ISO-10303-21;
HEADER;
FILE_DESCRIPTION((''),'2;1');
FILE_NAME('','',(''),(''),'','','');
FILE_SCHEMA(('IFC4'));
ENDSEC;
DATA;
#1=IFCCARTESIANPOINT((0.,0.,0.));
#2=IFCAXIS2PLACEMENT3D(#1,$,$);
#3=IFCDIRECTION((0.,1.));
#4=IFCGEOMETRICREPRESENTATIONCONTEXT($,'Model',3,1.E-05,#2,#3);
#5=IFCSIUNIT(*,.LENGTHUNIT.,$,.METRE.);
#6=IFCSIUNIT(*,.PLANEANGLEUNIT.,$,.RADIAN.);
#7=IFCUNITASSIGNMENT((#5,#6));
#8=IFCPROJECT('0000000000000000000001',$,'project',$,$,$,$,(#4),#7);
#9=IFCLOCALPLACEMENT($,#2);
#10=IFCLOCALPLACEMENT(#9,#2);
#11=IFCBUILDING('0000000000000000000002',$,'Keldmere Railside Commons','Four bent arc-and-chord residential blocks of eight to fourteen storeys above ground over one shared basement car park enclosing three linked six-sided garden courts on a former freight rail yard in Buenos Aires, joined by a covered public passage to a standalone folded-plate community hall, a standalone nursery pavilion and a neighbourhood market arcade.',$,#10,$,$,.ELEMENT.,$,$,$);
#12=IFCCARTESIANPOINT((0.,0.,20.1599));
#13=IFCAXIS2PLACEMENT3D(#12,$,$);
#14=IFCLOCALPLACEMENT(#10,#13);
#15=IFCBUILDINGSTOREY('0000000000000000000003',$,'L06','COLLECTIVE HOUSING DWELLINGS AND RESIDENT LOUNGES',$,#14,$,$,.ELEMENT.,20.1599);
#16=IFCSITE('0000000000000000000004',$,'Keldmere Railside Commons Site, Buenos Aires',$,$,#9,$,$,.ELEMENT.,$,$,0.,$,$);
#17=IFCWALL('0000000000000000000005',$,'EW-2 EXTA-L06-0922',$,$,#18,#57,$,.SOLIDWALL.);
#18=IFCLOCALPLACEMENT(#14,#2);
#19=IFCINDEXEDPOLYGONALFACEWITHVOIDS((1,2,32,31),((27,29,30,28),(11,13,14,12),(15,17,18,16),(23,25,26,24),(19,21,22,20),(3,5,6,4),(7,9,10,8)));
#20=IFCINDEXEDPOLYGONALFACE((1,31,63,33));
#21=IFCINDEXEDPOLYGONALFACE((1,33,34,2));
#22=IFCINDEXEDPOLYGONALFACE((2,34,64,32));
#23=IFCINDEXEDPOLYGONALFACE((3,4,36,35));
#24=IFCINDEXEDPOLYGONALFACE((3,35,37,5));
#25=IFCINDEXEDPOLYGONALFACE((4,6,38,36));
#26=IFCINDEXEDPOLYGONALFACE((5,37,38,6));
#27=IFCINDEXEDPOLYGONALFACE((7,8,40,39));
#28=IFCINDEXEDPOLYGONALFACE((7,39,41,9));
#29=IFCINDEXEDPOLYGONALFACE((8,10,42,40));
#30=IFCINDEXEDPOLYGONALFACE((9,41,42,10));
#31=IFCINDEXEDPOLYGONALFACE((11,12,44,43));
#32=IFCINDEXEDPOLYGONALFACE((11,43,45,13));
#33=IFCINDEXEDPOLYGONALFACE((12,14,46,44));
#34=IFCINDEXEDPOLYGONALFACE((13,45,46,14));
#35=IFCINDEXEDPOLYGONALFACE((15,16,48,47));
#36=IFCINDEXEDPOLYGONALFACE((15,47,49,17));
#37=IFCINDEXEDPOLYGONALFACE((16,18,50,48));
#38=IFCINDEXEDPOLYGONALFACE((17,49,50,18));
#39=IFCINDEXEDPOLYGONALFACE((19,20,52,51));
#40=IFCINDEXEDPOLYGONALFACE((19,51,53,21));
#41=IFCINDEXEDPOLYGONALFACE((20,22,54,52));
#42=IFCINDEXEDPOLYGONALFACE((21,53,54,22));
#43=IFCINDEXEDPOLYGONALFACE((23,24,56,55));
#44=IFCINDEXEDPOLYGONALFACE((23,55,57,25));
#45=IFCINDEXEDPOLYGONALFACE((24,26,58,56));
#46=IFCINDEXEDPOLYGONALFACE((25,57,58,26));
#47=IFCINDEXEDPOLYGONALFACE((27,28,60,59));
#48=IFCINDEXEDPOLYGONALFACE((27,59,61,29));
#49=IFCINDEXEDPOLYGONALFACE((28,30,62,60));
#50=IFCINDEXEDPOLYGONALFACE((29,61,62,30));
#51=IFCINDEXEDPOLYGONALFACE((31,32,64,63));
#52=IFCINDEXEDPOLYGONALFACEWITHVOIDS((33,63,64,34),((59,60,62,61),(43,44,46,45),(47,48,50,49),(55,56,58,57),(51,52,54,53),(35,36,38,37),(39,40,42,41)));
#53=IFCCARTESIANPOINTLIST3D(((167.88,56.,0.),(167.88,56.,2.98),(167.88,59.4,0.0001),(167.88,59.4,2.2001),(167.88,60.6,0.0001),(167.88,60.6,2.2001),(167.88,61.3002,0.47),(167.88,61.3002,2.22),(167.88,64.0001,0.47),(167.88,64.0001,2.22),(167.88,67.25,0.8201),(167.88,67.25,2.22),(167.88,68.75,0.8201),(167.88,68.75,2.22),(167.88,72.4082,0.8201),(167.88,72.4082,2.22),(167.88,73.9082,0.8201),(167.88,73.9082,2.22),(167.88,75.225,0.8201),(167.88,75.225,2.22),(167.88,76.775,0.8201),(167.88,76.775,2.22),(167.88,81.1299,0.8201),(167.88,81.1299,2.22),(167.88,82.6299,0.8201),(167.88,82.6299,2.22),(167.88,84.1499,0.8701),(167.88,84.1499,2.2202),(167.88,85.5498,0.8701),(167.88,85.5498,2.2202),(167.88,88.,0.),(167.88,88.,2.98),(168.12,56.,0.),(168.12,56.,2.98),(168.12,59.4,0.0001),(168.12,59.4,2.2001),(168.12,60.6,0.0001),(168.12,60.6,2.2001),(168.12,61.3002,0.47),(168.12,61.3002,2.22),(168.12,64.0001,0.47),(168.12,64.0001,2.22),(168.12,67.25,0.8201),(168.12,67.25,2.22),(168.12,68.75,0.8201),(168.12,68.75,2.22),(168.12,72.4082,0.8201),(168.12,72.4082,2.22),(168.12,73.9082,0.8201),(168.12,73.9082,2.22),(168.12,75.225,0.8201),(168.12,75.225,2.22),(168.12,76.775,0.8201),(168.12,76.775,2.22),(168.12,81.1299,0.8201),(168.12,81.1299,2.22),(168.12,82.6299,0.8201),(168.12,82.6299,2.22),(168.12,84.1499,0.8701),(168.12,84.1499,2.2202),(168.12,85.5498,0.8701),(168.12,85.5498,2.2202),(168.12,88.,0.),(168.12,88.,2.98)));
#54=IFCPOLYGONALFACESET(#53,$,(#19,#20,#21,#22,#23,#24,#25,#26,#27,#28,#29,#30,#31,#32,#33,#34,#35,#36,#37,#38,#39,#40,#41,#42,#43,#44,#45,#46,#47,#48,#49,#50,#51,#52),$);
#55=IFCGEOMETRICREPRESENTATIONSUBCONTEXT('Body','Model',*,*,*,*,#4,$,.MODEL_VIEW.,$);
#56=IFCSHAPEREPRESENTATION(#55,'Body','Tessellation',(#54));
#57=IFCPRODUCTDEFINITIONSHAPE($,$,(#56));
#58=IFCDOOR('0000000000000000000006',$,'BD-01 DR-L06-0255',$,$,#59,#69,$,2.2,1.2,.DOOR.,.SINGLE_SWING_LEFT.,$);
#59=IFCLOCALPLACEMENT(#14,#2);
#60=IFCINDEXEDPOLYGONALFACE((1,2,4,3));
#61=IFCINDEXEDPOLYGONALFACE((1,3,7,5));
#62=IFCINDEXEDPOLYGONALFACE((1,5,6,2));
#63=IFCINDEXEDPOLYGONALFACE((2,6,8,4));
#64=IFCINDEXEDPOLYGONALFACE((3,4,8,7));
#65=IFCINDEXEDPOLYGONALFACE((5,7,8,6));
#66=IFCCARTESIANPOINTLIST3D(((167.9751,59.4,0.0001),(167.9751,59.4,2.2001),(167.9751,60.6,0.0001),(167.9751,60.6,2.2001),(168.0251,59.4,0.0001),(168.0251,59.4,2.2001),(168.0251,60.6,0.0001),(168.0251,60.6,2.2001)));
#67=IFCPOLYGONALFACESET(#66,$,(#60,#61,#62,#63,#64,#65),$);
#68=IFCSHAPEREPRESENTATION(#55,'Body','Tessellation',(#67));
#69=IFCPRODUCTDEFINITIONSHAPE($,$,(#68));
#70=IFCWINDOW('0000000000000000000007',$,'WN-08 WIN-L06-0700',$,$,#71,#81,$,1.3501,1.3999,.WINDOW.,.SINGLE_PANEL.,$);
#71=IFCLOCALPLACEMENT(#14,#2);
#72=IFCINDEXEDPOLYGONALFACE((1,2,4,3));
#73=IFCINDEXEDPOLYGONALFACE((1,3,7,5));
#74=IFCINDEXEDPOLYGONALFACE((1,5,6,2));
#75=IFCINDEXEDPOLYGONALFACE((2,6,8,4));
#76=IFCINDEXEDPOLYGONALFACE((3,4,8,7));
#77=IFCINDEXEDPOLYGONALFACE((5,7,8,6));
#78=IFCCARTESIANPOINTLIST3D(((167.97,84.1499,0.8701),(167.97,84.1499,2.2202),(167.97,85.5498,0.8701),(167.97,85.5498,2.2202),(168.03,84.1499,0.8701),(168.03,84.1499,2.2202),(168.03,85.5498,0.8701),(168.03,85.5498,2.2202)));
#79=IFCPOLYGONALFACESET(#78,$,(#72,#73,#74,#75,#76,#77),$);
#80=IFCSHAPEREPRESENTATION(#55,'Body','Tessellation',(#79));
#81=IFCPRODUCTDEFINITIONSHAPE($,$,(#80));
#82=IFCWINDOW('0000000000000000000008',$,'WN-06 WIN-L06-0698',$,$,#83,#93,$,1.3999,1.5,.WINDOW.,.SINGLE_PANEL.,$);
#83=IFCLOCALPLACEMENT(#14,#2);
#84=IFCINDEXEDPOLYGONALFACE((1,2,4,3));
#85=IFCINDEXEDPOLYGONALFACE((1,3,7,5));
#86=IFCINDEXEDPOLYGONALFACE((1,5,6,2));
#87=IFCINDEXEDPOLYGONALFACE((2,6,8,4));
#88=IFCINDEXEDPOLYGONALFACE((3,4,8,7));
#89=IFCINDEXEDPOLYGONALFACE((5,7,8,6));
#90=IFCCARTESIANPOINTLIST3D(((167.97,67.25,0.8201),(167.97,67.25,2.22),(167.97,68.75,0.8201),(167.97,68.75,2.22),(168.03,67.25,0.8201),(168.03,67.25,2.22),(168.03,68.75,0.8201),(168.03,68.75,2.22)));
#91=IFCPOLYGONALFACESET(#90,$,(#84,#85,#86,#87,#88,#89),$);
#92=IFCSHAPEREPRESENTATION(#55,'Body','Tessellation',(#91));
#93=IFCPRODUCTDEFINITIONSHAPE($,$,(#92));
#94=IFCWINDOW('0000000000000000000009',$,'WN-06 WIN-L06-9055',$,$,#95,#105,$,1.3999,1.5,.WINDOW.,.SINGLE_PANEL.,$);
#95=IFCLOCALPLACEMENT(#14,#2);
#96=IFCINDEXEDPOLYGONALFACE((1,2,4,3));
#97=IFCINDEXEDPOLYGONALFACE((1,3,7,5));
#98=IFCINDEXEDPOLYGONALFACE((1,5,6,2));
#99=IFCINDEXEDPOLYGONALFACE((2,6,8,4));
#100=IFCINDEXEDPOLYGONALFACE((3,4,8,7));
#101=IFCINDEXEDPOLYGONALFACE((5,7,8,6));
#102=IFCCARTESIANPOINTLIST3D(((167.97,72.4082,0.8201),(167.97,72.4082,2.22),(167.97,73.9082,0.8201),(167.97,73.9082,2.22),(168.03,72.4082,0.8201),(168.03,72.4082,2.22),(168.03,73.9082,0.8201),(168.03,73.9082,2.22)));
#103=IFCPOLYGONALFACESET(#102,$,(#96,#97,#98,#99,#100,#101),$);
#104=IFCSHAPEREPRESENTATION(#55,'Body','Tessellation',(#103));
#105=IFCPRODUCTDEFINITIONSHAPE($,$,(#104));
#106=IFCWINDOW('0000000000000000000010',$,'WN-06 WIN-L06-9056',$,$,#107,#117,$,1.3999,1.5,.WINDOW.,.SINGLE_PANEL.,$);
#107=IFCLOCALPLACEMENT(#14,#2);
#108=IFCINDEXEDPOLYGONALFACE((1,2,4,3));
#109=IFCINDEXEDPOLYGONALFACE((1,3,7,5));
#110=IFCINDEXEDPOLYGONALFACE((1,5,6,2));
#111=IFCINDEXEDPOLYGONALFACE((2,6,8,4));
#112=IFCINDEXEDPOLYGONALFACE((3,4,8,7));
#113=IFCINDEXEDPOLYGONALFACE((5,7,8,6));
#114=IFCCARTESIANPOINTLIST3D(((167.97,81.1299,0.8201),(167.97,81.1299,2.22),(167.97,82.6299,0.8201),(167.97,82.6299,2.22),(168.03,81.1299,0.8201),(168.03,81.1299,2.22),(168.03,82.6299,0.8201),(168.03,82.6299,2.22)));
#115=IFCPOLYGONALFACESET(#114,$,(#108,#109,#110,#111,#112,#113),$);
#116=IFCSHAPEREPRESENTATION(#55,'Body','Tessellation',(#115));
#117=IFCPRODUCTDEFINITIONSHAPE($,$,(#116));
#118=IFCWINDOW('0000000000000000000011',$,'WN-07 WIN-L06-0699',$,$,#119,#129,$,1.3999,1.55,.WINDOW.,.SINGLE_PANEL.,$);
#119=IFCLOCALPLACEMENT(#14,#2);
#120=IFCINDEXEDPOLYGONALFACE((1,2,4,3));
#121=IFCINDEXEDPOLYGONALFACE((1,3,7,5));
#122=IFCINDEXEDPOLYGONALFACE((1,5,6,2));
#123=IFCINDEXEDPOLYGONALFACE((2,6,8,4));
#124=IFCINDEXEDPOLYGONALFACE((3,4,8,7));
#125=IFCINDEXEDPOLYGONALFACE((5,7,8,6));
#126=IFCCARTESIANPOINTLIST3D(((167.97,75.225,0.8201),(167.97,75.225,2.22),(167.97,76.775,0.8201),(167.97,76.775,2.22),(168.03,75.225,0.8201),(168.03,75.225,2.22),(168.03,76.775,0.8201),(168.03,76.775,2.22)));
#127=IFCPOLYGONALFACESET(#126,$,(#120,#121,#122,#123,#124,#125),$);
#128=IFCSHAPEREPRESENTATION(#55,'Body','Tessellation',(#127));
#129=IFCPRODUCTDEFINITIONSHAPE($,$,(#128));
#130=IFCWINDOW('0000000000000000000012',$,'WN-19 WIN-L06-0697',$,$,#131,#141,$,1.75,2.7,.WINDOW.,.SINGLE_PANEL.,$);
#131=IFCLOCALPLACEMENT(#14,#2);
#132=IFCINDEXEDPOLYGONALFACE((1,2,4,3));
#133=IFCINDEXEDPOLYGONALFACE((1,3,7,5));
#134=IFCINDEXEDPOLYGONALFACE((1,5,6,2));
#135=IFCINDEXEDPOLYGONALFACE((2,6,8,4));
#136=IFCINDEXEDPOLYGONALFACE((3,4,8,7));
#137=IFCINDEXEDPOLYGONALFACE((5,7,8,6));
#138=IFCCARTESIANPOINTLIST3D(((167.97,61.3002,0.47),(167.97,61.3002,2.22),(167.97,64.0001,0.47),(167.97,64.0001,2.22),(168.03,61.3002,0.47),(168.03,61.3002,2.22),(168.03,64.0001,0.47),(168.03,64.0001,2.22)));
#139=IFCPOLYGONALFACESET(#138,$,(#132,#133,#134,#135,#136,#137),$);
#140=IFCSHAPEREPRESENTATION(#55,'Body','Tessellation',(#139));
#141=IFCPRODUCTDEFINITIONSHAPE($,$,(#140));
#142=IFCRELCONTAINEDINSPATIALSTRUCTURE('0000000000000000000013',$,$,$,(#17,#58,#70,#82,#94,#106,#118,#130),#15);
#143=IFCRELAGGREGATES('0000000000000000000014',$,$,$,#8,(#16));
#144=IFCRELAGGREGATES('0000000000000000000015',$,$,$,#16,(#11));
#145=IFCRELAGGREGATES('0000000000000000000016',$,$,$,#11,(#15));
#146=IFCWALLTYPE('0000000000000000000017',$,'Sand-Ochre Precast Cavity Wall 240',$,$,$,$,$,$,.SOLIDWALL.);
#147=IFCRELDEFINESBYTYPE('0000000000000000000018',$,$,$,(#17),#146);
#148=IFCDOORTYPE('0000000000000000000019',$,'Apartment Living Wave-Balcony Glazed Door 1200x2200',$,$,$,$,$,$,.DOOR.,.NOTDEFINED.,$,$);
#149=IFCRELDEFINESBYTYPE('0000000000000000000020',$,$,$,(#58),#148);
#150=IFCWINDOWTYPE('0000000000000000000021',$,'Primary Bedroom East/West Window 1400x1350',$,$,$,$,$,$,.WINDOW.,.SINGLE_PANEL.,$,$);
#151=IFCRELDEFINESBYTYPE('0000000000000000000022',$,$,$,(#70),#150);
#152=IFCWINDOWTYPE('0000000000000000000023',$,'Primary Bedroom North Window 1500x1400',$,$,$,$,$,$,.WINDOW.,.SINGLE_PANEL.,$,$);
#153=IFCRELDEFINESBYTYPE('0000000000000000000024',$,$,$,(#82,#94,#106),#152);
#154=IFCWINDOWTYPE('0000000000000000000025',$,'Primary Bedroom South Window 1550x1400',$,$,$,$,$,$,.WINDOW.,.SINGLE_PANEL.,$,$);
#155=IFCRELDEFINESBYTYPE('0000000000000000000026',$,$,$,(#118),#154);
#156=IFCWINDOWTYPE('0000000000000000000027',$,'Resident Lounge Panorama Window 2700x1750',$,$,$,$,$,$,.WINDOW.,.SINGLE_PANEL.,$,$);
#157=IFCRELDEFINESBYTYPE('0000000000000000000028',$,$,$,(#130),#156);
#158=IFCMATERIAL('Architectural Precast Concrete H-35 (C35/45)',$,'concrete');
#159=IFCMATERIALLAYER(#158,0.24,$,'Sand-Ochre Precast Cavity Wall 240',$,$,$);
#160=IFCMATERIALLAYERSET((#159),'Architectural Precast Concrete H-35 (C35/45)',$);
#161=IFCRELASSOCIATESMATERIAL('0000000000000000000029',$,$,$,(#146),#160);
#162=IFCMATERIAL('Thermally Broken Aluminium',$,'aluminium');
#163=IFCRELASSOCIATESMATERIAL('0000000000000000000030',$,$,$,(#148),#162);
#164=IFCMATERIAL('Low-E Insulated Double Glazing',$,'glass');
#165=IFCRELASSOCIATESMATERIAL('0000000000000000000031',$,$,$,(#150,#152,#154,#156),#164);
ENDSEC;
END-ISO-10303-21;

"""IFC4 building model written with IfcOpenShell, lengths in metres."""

from ifc_helpers import new_model, si_unit, direction, frame, frame_2d, origin, place, context, subcontext, project, spatial, rectangle, extrude, material, layer, layer_set, type_object, element, fill, save


model = new_model("IFC4")

# Units and contexts
model_context = context("Model", 3, precision=1e-05, world=origin(), true_north=direction((0.0, 1.0)))
body_context = subcontext(model_context, "Body", "Model", "MODEL_VIEW")
ifc_project = project(units=[si_unit("LENGTHUNIT", "METRE"), si_unit("PLANEANGLEUNIT", "RADIAN")], contexts=[model_context])

# Site, building, storey
site_placement = place(None, origin())
site = spatial("IfcSite", under=ifc_project, at=site_placement, Name="Keldmere Railside Commons Site, Buenos Aires", CompositionType="ELEMENT", RefElevation=0.0)
building_placement = place(site_placement, origin())
building = spatial("IfcBuilding", under=site, at=building_placement, Name="Keldmere Railside Commons", Description="Four bent arc-and-chord residential blocks of eight to fourteen storeys above ground over one shared basement car park enclosing three linked six-sided garden courts on a former freight rail yard in Buenos Aires, joined by a covered public passage to a standalone folded-plate community hall, a standalone nursery pavilion and a neighbourhood market arcade.", CompositionType="ELEMENT")
storey_placement = place(building_placement, frame((0.0, 0.0, 20.1599)))
storey = spatial("IfcBuildingStorey", under=building, at=storey_placement, Name="L06", Description="COLLECTIVE HOUSING DWELLINGS AND RESIDENT LOUNGES", CompositionType="ELEMENT", Elevation=20.1599)

# Wall, openings, door, windows
ifc_material_1 = material(Name="Architectural Precast Concrete H-35 (C35/45)", Category="concrete")
ifc_layer = layer(ifc_material_1, 0.24, Name="Sand-Ochre Precast Cavity Wall 240")
ifc_layer_set = layer_set([ifc_layer], Name="Architectural Precast Concrete H-35 (C35/45)")
wall_type = type_object("IfcWallType", Name="Sand-Ochre Precast Cavity Wall 240", PredefinedType="SOLIDWALL", material=ifc_layer_set)
wall_placement = place(storey_placement, frame((168.0, 56.0, 0.0), z_axis=(0.0, 0.0, 1.0), x_axis=(0.0, 1.0, 0.0)))
wall = element("IfcWall", 1, at=wall_placement, inside=storey, type_object=wall_type, Name="EW-2 EXTA-L06-0922", PredefinedType="SOLIDWALL", context=body_context, shape_type="SweptSolid", body=[
    extrude(rectangle(XDim=32.0, YDim=0.24, at=frame_2d((16.0, 0.0))), origin(), (0.0, 0.0, 1.0), 2.98),
])
opening_1_placement = place(wall_placement, frame((3.3999, 0.0, 0.0)))
opening_1 = element("IfcOpeningElement", 2, at=opening_1_placement, cuts=wall, PredefinedType="OPENING", context=body_context, shape_type="SweptSolid", body=[
    extrude(rectangle(XDim=1.2, YDim=2.2, at=frame_2d((0.6001, 1.1001))), frame((0.0, 0.1299, 0.0), z_axis=(0.0, -1.0, 0.0), x_axis=(1.0, 0.0, 0.0)), (0.0, 0.0, 1.0), 0.26),
])
opening_2_placement = place(wall_placement, frame((5.3, 0.0, 0.47)))
opening_2 = element("IfcOpeningElement", 3, at=opening_2_placement, cuts=wall, PredefinedType="OPENING", context=body_context, shape_type="SweptSolid", body=[
    extrude(rectangle(XDim=2.7, YDim=1.75, at=frame_2d((1.3501, 0.875))), frame((0.0, 0.1299, 0.0), z_axis=(0.0, -1.0, 0.0), x_axis=(1.0, 0.0, 0.0)), (0.0, 0.0, 1.0), 0.26),
])
opening_3_placement = place(wall_placement, frame((11.25, 0.0, 0.8201)))
opening_3 = element("IfcOpeningElement", 4, at=opening_3_placement, cuts=wall, PredefinedType="OPENING", context=body_context, shape_type="SweptSolid", body=[
    extrude(rectangle(XDim=1.5, YDim=1.3999, at=frame_2d((0.75, 0.7))), frame((0.0, 0.1299, 0.0), z_axis=(0.0, -1.0, 0.0), x_axis=(1.0, 0.0, 0.0)), (0.0, 0.0, 1.0), 0.26),
])
opening_4_placement = place(wall_placement, frame((19.2251, 0.0, 0.8201)))
opening_4 = element("IfcOpeningElement", 5, at=opening_4_placement, cuts=wall, PredefinedType="OPENING", context=body_context, shape_type="SweptSolid", body=[
    extrude(rectangle(XDim=1.55, YDim=1.3999, at=frame_2d((0.7749, 0.7))), frame((0.0, 0.1299, 0.0), z_axis=(0.0, -1.0, 0.0), x_axis=(1.0, 0.0, 0.0)), (0.0, 0.0, 1.0), 0.26),
])
opening_5_placement = place(wall_placement, frame((28.1499, 0.0, 0.8701)))
opening_5 = element("IfcOpeningElement", 6, at=opening_5_placement, cuts=wall, PredefinedType="OPENING", context=body_context, shape_type="SweptSolid", body=[
    extrude(rectangle(XDim=1.3999, YDim=1.3501, at=frame_2d((0.7, 0.675))), frame((0.0, 0.1299, 0.0), z_axis=(0.0, -1.0, 0.0), x_axis=(1.0, 0.0, 0.0)), (0.0, 0.0, 1.0), 0.26),
])
opening_6_placement = place(wall_placement, frame((16.4082, 0.0, 0.8201)))
opening_6 = element("IfcOpeningElement", 7, at=opening_6_placement, cuts=wall, PredefinedType="OPENING", context=body_context, shape_type="SweptSolid", body=[
    extrude(rectangle(XDim=1.5, YDim=1.3999, at=frame_2d((0.75, 0.7))), frame((0.0, 0.1299, 0.0), z_axis=(0.0, -1.0, 0.0), x_axis=(1.0, 0.0, 0.0)), (0.0, 0.0, 1.0), 0.26),
])
opening_7_placement = place(wall_placement, frame((25.1299, 0.0, 0.8201)))
opening_7 = element("IfcOpeningElement", 8, at=opening_7_placement, cuts=wall, PredefinedType="OPENING", context=body_context, shape_type="SweptSolid", body=[
    extrude(rectangle(XDim=1.5, YDim=1.3999, at=frame_2d((0.75, 0.7))), frame((0.0, 0.1299, 0.0), z_axis=(0.0, -1.0, 0.0), x_axis=(1.0, 0.0, 0.0)), (0.0, 0.0, 1.0), 0.26),
])
ifc_material_2 = material(Name="Thermally Broken Aluminium", Category="aluminium")
door_type = type_object("IfcDoorType", Name="Apartment Living Wave-Balcony Glazed Door 1200x2200", OperationType="NOTDEFINED", PredefinedType="DOOR", material=ifc_material_2)
door_placement = place(opening_1_placement, origin())
door = element("IfcDoor", 9, at=door_placement, inside=storey, type_object=door_type, Name="BD-01 DR-L06-0255", OperationType="SINGLE_SWING_LEFT", OverallHeight=2.2, OverallWidth=1.2, PredefinedType="DOOR", context=body_context, shape_type="SweptSolid", body=[
    extrude(rectangle(XDim=1.2, YDim=2.2, at=frame_2d((0.6001, 1.1001))), frame((0.0, 0.0249, 0.0), z_axis=(0.0, -1.0, 0.0), x_axis=(1.0, 0.0, 0.0)), (0.0, 0.0, 1.0), 0.05),
])
fill(opening_1, door)
ifc_material_3 = material(Name="Low-E Insulated Double Glazing", Category="glass")
window_type_1 = type_object("IfcWindowType", Name="Primary Bedroom East/West Window 1400x1350", PartitioningType="SINGLE_PANEL", PredefinedType="WINDOW", material=ifc_material_3)
window_1_placement = place(opening_5_placement, origin())
window_1 = element("IfcWindow", 10, at=window_1_placement, inside=storey, type_object=window_type_1, Name="WN-08 WIN-L06-0700", OverallHeight=1.3501, OverallWidth=1.3999, PartitioningType="SINGLE_PANEL", PredefinedType="WINDOW", context=body_context, shape_type="SweptSolid", body=[
    extrude(rectangle(XDim=1.3999, YDim=1.3501, at=frame_2d((0.7, 0.675))), frame((0.0, 0.03, 0.0), z_axis=(0.0, -1.0, 0.0), x_axis=(1.0, 0.0, 0.0)), (0.0, 0.0, 1.0), 0.0601),
])
fill(opening_5, window_1)
window_type_2 = type_object("IfcWindowType", Name="Primary Bedroom North Window 1500x1400", PartitioningType="SINGLE_PANEL", PredefinedType="WINDOW", material=ifc_material_3)
window_2_placement = place(opening_3_placement, origin())
window_2 = element("IfcWindow", 11, at=window_2_placement, inside=storey, type_object=window_type_2, Name="WN-06 WIN-L06-0698", OverallHeight=1.3999, OverallWidth=1.5, PartitioningType="SINGLE_PANEL", PredefinedType="WINDOW", context=body_context, shape_type="SweptSolid", body=[
    extrude(rectangle(XDim=1.5, YDim=1.3999, at=frame_2d((0.75, 0.7))), frame((0.0, 0.03, 0.0), z_axis=(0.0, -1.0, 0.0), x_axis=(1.0, 0.0, 0.0)), (0.0, 0.0, 1.0), 0.0601),
])
fill(opening_3, window_2)
window_3_placement = place(opening_6_placement, origin())
window_3 = element("IfcWindow", 12, at=window_3_placement, inside=storey, type_object=window_type_2, Name="WN-06 WIN-L06-9055", OverallHeight=1.3999, OverallWidth=1.5, PartitioningType="SINGLE_PANEL", PredefinedType="WINDOW", context=body_context, shape_type="SweptSolid", body=[
    extrude(rectangle(XDim=1.5, YDim=1.3999, at=frame_2d((0.75, 0.7))), frame((0.0, 0.03, 0.0), z_axis=(0.0, -1.0, 0.0), x_axis=(1.0, 0.0, 0.0)), (0.0, 0.0, 1.0), 0.0601),
])
fill(opening_6, window_3)
window_4_placement = place(opening_7_placement, origin())
window_4 = element("IfcWindow", 13, at=window_4_placement, inside=storey, type_object=window_type_2, Name="WN-06 WIN-L06-9056", OverallHeight=1.3999, OverallWidth=1.5, PartitioningType="SINGLE_PANEL", PredefinedType="WINDOW", context=body_context, shape_type="SweptSolid", body=[
    extrude(rectangle(XDim=1.5, YDim=1.3999, at=frame_2d((0.75, 0.7))), frame((0.0, 0.03, 0.0), z_axis=(0.0, -1.0, 0.0), x_axis=(1.0, 0.0, 0.0)), (0.0, 0.0, 1.0), 0.0601),
])
fill(opening_7, window_4)
window_type_3 = type_object("IfcWindowType", Name="Primary Bedroom South Window 1550x1400", PartitioningType="SINGLE_PANEL", PredefinedType="WINDOW", material=ifc_material_3)
window_5_placement = place(opening_4_placement, origin())
window_5 = element("IfcWindow", 14, at=window_5_placement, inside=storey, type_object=window_type_3, Name="WN-07 WIN-L06-0699", OverallHeight=1.3999, OverallWidth=1.55, PartitioningType="SINGLE_PANEL", PredefinedType="WINDOW", context=body_context, shape_type="SweptSolid", body=[
    extrude(rectangle(XDim=1.55, YDim=1.3999, at=frame_2d((0.7749, 0.7))), frame((0.0, 0.03, 0.0), z_axis=(0.0, -1.0, 0.0), x_axis=(1.0, 0.0, 0.0)), (0.0, 0.0, 1.0), 0.0601),
])
fill(opening_4, window_5)
window_type_4 = type_object("IfcWindowType", Name="Resident Lounge Panorama Window 2700x1750", PartitioningType="SINGLE_PANEL", PredefinedType="WINDOW", material=ifc_material_3)
window_6_placement = place(opening_2_placement, origin())
window_6 = element("IfcWindow", 15, at=window_6_placement, inside=storey, type_object=window_type_4, Name="WN-19 WIN-L06-0697", OverallHeight=1.75, OverallWidth=2.7, PartitioningType="SINGLE_PANEL", PredefinedType="WINDOW", context=body_context, shape_type="SweptSolid", body=[
    extrude(rectangle(XDim=2.7, YDim=1.75, at=frame_2d((1.3501, 0.875))), frame((0.0, 0.03, 0.0), z_axis=(0.0, -1.0, 0.0), x_axis=(1.0, 0.0, 0.0)), (0.0, 0.0, 1.0), 0.0601),
])
fill(opening_2, window_6)

save(model, "model.ifc")
